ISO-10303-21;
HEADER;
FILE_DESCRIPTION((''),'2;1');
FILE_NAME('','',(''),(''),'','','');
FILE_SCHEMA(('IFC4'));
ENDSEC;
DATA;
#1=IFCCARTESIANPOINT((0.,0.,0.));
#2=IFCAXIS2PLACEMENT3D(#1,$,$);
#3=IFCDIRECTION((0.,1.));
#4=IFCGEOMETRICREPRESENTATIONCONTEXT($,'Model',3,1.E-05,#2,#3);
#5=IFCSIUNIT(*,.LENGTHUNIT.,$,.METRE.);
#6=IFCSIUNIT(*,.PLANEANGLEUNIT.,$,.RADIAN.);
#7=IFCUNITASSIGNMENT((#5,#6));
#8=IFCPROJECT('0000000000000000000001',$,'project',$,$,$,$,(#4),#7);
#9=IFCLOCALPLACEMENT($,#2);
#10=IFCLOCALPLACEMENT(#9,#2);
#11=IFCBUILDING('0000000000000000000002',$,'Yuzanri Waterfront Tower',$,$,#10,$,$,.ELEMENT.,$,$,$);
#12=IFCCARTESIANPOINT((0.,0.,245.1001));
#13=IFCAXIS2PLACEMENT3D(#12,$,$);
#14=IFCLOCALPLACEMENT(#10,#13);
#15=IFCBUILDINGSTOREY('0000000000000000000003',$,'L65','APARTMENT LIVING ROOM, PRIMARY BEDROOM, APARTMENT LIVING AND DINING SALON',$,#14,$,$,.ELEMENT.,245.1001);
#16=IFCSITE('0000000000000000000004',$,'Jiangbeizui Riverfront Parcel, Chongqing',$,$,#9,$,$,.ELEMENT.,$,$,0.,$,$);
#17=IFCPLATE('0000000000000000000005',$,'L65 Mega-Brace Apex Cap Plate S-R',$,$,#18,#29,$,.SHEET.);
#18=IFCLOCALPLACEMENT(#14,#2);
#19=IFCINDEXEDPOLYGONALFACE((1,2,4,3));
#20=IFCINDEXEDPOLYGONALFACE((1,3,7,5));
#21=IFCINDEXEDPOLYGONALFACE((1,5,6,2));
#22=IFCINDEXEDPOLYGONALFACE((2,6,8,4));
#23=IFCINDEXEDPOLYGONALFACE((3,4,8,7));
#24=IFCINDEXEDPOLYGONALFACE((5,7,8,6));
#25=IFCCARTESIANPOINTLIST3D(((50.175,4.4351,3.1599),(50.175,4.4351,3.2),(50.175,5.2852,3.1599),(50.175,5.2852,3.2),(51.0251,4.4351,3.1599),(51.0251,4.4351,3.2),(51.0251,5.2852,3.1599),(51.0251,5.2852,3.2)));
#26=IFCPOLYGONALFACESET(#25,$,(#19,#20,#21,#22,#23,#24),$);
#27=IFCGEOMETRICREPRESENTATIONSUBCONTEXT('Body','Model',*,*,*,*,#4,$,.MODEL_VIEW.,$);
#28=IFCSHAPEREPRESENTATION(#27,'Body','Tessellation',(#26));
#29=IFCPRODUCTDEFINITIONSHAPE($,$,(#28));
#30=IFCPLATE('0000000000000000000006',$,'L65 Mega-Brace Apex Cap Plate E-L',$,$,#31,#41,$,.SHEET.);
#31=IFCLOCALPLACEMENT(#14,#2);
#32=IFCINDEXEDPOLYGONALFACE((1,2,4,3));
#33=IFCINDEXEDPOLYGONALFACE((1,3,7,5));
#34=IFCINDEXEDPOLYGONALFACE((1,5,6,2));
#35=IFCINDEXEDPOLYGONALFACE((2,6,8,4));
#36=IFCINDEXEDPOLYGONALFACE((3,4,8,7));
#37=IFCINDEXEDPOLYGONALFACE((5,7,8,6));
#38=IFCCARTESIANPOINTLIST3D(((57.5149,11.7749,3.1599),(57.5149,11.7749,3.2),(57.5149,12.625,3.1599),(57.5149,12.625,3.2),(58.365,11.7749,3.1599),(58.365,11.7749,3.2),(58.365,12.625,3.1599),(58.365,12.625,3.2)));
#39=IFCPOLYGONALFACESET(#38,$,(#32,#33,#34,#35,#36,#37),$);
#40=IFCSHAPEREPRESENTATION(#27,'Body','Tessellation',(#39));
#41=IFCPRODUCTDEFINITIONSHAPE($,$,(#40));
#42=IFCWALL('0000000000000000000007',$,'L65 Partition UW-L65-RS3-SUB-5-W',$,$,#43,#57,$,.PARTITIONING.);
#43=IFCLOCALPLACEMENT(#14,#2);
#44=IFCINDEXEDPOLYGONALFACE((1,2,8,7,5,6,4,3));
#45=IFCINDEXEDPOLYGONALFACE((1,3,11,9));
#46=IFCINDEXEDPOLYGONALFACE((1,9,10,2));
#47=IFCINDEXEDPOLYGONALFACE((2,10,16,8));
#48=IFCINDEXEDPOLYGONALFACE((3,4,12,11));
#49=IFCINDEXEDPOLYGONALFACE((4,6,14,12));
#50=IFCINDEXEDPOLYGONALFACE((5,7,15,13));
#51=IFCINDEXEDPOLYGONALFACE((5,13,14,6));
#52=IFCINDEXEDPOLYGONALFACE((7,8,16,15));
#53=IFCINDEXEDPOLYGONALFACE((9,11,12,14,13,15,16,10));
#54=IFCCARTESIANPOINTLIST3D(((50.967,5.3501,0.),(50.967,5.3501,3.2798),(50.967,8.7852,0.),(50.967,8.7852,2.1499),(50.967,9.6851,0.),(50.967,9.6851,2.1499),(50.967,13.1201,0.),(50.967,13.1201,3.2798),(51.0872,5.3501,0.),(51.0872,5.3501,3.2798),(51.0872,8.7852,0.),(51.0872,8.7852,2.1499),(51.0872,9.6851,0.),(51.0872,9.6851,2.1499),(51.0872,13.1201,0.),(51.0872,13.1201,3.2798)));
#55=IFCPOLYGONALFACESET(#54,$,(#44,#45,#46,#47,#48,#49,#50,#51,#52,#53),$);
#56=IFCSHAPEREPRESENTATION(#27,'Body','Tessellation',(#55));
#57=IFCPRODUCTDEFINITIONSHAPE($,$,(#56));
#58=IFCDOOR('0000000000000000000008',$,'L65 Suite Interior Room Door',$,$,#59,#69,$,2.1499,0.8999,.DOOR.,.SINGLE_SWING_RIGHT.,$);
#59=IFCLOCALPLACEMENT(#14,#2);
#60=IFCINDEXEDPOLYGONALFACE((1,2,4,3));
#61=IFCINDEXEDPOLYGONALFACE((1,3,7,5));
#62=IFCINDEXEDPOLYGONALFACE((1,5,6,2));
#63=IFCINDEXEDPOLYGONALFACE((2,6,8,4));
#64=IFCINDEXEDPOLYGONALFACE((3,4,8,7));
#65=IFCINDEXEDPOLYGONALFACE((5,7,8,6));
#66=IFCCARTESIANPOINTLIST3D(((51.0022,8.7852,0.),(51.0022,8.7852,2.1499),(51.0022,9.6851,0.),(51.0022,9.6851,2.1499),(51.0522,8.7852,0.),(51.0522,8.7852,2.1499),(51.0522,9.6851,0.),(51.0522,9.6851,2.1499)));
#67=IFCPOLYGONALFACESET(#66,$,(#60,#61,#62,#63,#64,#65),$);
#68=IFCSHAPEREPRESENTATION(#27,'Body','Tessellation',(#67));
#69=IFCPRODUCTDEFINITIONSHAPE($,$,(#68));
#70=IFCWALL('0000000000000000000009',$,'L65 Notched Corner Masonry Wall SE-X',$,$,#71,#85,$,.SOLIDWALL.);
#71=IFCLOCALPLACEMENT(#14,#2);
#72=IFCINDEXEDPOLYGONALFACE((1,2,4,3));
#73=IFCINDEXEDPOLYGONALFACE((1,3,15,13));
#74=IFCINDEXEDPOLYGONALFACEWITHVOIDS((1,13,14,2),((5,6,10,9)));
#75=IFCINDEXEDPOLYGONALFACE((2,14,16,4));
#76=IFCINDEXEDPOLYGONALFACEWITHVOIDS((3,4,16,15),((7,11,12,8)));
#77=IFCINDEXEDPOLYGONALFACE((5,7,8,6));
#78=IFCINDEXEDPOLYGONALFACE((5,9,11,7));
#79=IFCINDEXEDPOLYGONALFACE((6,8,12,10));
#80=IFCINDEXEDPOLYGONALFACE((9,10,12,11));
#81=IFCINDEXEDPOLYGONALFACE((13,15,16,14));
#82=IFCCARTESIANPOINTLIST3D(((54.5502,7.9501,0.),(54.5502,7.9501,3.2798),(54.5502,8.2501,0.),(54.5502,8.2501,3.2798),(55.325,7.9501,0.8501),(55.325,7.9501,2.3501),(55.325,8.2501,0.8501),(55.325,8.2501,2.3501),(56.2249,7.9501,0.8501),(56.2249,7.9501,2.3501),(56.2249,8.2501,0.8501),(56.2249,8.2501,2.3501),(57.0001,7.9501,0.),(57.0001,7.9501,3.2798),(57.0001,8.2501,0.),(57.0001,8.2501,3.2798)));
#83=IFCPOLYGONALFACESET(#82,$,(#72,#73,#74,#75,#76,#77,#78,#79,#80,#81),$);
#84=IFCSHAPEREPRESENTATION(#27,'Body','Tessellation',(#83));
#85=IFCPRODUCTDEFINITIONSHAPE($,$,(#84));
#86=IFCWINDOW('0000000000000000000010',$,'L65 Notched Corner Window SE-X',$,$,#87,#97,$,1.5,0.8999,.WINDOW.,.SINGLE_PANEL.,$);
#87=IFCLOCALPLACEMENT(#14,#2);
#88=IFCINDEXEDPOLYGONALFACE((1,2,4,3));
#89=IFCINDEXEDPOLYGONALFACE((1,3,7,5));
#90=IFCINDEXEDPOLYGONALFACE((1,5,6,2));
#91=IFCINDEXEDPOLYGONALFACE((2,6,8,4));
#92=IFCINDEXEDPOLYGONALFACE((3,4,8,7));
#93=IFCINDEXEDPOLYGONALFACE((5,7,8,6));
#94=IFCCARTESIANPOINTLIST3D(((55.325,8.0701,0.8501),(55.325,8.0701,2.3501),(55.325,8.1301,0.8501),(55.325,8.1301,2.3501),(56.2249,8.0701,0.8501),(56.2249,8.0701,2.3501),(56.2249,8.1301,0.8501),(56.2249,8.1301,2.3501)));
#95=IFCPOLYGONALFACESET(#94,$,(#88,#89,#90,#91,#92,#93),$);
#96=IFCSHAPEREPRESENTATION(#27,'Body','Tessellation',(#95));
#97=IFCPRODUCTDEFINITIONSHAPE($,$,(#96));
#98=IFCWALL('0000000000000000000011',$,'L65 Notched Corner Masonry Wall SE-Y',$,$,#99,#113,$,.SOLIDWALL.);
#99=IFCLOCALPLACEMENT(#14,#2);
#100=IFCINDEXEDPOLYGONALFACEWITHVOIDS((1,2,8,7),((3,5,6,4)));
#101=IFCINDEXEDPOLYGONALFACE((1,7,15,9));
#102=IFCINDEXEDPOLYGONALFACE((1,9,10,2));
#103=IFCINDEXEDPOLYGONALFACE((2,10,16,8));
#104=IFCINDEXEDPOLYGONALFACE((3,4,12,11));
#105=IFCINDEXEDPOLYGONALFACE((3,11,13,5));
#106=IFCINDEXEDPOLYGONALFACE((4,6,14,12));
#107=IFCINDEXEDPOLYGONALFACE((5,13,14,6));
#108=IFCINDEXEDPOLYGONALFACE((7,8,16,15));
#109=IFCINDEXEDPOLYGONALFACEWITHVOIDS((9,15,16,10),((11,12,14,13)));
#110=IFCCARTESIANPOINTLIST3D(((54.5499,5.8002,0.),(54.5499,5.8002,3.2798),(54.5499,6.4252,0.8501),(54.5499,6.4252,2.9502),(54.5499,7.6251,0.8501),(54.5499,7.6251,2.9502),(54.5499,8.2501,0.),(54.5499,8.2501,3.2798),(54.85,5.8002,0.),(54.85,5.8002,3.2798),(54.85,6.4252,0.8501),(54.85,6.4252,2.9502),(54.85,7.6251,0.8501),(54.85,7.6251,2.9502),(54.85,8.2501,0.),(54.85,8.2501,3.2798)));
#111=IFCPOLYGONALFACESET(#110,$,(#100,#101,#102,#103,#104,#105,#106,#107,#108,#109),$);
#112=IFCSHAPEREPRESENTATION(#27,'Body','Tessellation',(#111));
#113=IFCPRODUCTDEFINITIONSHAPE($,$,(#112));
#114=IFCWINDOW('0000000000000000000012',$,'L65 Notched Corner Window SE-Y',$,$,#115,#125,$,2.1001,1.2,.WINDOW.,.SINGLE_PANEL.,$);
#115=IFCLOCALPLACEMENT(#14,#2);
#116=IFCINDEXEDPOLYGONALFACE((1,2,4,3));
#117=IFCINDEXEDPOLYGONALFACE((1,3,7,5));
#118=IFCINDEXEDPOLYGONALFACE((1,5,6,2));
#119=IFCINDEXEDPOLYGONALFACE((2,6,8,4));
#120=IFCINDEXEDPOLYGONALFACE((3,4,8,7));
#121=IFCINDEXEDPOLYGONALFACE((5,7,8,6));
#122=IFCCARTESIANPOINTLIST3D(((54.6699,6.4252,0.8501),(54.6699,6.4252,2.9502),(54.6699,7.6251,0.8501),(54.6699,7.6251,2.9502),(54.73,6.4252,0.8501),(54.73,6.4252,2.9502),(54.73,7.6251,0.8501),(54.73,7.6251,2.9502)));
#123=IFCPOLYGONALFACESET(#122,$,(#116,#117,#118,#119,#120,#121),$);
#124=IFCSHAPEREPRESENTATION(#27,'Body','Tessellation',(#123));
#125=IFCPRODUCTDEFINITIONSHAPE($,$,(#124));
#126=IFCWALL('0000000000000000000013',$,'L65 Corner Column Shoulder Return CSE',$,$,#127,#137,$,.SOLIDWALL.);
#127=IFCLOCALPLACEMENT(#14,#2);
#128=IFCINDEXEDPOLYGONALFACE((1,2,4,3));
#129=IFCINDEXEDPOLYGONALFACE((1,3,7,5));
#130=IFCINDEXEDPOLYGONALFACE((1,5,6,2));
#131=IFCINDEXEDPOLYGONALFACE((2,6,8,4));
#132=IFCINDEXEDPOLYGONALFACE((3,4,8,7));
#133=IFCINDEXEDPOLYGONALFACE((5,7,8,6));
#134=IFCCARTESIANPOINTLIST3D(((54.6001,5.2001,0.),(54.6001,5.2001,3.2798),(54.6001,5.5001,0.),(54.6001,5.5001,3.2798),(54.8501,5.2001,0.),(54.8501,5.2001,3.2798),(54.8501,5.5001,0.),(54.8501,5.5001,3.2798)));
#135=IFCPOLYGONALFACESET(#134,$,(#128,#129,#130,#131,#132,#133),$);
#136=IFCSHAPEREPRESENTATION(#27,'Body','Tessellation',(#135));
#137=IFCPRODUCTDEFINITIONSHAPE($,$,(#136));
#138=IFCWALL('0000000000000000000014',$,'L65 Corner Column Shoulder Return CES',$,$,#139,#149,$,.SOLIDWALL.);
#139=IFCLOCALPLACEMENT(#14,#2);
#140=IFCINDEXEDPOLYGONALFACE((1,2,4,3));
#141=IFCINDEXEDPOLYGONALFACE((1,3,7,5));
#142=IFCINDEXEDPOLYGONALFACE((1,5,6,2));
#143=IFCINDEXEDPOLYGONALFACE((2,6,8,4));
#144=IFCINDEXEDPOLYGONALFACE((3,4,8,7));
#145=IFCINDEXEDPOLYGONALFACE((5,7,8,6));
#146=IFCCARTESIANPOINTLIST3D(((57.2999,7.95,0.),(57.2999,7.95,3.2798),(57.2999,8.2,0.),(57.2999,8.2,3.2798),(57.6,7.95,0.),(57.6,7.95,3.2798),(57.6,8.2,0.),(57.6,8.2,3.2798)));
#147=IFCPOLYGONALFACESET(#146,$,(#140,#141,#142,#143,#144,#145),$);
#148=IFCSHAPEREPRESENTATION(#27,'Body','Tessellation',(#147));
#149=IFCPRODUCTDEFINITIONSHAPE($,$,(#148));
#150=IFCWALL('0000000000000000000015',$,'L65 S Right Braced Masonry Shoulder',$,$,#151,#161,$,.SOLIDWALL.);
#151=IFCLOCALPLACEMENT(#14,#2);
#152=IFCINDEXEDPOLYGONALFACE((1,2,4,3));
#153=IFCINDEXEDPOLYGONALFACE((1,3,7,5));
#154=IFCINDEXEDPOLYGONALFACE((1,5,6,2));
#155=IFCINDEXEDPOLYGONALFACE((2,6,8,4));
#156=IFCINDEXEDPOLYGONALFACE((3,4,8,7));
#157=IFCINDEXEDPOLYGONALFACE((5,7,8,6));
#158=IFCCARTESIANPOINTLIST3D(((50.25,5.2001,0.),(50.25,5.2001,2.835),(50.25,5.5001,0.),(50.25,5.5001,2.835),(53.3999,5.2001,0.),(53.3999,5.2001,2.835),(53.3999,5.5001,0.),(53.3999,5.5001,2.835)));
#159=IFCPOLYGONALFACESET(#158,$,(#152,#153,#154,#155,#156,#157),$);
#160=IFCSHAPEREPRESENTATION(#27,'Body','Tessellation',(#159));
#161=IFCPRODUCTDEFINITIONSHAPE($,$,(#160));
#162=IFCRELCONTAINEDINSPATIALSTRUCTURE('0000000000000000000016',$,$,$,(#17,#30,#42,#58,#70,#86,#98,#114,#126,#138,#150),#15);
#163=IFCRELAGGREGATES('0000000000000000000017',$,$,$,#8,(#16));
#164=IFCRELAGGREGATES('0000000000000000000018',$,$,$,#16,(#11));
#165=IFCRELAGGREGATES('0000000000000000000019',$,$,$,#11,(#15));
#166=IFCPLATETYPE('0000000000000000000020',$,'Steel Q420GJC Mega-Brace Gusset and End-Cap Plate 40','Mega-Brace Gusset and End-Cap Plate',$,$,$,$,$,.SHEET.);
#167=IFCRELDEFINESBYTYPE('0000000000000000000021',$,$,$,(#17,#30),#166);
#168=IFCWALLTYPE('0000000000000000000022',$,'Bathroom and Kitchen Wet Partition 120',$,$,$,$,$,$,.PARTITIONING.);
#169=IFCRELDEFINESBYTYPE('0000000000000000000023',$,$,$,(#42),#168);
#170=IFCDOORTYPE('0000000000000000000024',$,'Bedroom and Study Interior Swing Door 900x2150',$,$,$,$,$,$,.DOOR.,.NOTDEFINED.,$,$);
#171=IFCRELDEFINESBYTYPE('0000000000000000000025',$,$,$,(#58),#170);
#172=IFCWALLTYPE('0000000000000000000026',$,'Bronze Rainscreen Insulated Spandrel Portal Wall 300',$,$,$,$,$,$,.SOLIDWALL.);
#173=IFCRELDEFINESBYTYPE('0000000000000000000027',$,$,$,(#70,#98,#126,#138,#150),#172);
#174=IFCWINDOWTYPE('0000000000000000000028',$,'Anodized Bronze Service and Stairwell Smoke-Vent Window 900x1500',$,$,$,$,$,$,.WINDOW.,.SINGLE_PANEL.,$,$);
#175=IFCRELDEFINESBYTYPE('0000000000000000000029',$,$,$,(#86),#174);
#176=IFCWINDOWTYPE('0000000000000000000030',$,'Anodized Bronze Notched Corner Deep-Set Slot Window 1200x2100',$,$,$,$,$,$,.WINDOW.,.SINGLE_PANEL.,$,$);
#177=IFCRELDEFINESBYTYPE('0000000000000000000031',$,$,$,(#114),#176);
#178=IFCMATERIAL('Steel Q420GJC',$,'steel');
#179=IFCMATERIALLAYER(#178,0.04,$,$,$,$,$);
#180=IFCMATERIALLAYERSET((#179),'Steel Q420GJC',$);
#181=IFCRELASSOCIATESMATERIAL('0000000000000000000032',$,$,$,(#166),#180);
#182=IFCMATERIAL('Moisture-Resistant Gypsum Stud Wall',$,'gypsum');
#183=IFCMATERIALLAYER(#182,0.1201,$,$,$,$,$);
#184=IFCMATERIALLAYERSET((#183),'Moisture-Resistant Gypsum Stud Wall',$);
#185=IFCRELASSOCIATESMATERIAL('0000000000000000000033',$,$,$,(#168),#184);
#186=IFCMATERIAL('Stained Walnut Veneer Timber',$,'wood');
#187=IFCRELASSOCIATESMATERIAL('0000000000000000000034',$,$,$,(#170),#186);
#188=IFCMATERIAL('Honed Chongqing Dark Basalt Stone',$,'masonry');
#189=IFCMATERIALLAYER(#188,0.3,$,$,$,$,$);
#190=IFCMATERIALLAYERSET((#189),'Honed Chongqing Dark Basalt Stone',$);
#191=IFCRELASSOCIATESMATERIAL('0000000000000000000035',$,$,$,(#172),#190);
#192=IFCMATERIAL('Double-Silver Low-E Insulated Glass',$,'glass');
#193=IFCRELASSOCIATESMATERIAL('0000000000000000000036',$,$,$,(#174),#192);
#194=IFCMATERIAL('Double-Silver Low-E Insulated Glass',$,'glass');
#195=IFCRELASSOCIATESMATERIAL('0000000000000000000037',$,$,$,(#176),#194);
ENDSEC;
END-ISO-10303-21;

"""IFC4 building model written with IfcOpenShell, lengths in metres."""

from ifc_helpers import new_model, si_unit, direction, frame, frame_2d, origin, origin_2d, place, context, subcontext, project, spatial, rectangle, extrude, source, transform, mapped, material, layer, layer_set, type_object, element, fill, save


model = new_model("IFC4")

# Units and contexts
model_context = context("Model", 3, precision=1e-05, world=origin(), true_north=direction((0.0, 1.0)))
body_context = subcontext(model_context, "Body", "Model", "MODEL_VIEW")
ifc_project = project(units=[si_unit("LENGTHUNIT", "METRE"), si_unit("PLANEANGLEUNIT", "RADIAN")], contexts=[model_context])

# Site, building, storey
site_placement = place(None, origin())
site = spatial("IfcSite", under=ifc_project, at=site_placement, Name="Jiangbeizui Riverfront Parcel, Chongqing", CompositionType="ELEMENT", RefElevation=0.0)
building_placement = place(site_placement, origin())
building = spatial("IfcBuilding", under=site, at=building_placement, Name="Yuzanri Waterfront Tower", CompositionType="ELEMENT")
storey_placement = place(building_placement, frame((0.0, 0.0, 245.1001)))
storey = spatial("IfcBuildingStorey", under=building, at=storey_placement, Name="L65", Description="APARTMENT LIVING ROOM, PRIMARY BEDROOM, APARTMENT LIVING AND DINING SALON", CompositionType="ELEMENT", Elevation=245.1001)

# Plates
ifc_material_1 = material(Name="Steel Q420GJC", Category="steel")
ifc_layer_1 = layer(ifc_material_1, 0.04)
ifc_layer_set_1 = layer_set([ifc_layer_1], Name="Steel Q420GJC")
plate_type = type_object("IfcPlateType", Name="Steel Q420GJC Mega-Brace Gusset and End-Cap Plate 40", Description="Mega-Brace Gusset and End-Cap Plate", PredefinedType="SHEET", material=ifc_layer_set_1)
shared_shape_1 = source(origin(), body_context, "Body", "SweptSolid", [
    extrude(rectangle(XDim=0.8501, YDim=0.8501, at=origin_2d()), origin(), (0.0, 0.0, 1.0), 0.04),
])
for number, where, z_axis, x_axis, name in (
    (1, (50.6001, 4.8601, 3.1599), (0.0, 0.0, 1.0), (1.0, 0.0, 0.0), "L65 Mega-Brace Apex Cap Plate S-R"),
    (2, (57.9399, 12.2, 3.1599), (0.0, 0.0, 1.0), (1.0, 0.0, 0.0), "L65 Mega-Brace Apex Cap Plate E-L"),
):
    element("IfcPlate", number, at=place(storey_placement, frame(where, z_axis=z_axis, x_axis=x_axis)), inside=storey, type_object=plate_type, Name=name, PredefinedType="SHEET", context=body_context, shape_type="MappedRepresentation", body=[
        mapped(shared_shape_1, transform((0.0, 0.0, 0.0), scale=1.0)),
    ])

# Wall, opening, door
ifc_material_2 = material(Name="Moisture-Resistant Gypsum Stud Wall", Category="gypsum")
ifc_layer_2 = layer(ifc_material_2, 0.1201)
ifc_layer_set_2 = layer_set([ifc_layer_2], Name="Moisture-Resistant Gypsum Stud Wall")
wall_type_1 = type_object("IfcWallType", Name="Bathroom and Kitchen Wet Partition 120", PredefinedType="PARTITIONING", material=ifc_layer_set_2)
wall_1_placement = place(storey_placement, frame((51.0271, 5.3501, 0.0), z_axis=(0.0, 0.0, 1.0), x_axis=(0.0, 1.0, 0.0)))
wall_1 = element("IfcWall", 3, at=wall_1_placement, inside=storey, type_object=wall_type_1, Name="L65 Partition UW-L65-RS3-SUB-5-W", PredefinedType="PARTITIONING", context=body_context, shape_type="SweptSolid", body=[
    extrude(rectangle(XDim=7.77, YDim=0.1201, at=frame_2d((3.885, 0.0))), origin(), (0.0, 0.0, 1.0), 3.2798),
])
opening_1_placement = place(wall_1_placement, frame((3.4351, 0.0, 0.0)))
opening_1 = element("IfcOpeningElement", 4, at=opening_1_placement, cuts=wall_1, PredefinedType="OPENING", context=body_context, shape_type="SweptSolid", body=[
    extrude(rectangle(XDim=0.8999, YDim=2.1499, at=frame_2d((0.45, 1.075))), frame((0.0, 0.075, 0.0), z_axis=(0.0, -1.0, 0.0), x_axis=(1.0, 0.0, 0.0)), (0.0, 0.0, 1.0), 0.1499),
])
ifc_material_3 = material(Name="Stained Walnut Veneer Timber", Category="wood")
door_type = type_object("IfcDoorType", Name="Bedroom and Study Interior Swing Door 900x2150", OperationType="NOTDEFINED", PredefinedType="DOOR", material=ifc_material_3)
shared_shape_2 = source(origin(), body_context, "Body", "SweptSolid", [
    extrude(rectangle(XDim=0.8999, YDim=2.1499, at=frame_2d((0.45, 1.075))), frame((0.0, 0.0249, 0.0), z_axis=(0.0, -1.0, 0.0), x_axis=(1.0, 0.0, 0.0)), (0.0, 0.0, 1.0), 0.05),
])
door_placement = place(opening_1_placement, origin())
door = element("IfcDoor", 5, at=door_placement, inside=storey, type_object=door_type, Name="L65 Suite Interior Room Door", OperationType="SINGLE_SWING_RIGHT", OverallHeight=2.1499, OverallWidth=0.8999, PredefinedType="DOOR", context=body_context, shape_type="MappedRepresentation", body=[
    mapped(shared_shape_2, transform((0.0, 0.0, 0.0), scale=1.0)),
])
fill(opening_1, door)

# Walls, openings, windows
ifc_material_4 = material(Name="Honed Chongqing Dark Basalt Stone", Category="masonry")
ifc_layer_3 = layer(ifc_material_4, 0.3)
ifc_layer_set_3 = layer_set([ifc_layer_3], Name="Honed Chongqing Dark Basalt Stone")
wall_type_2 = type_object("IfcWallType", Name="Bronze Rainscreen Insulated Spandrel Portal Wall 300", PredefinedType="SOLIDWALL", material=ifc_layer_set_3)
wall_2_placement = place(storey_placement, frame((54.55, 8.1001, 0.0), z_axis=(0.0, 0.0, 1.0), x_axis=(1.0, 0.0, 0.0)))
wall_2 = element("IfcWall", 6, at=wall_2_placement, inside=storey, type_object=wall_type_2, Name="L65 Notched Corner Masonry Wall SE-X", PredefinedType="SOLIDWALL", context=body_context, shape_type="SweptSolid", body=[
    extrude(rectangle(XDim=2.45, YDim=0.3, at=frame_2d((1.2251, 0.0))), origin(), (0.0, 0.0, 1.0), 3.2798),
])
opening_2_placement = place(wall_2_placement, frame((0.7749, 0.0, 0.8501)))
opening_2 = element("IfcOpeningElement", 7, at=opening_2_placement, cuts=wall_2, PredefinedType="OPENING", context=body_context, shape_type="SweptSolid", body=[
    extrude(rectangle(XDim=0.8999, YDim=1.5, at=frame_2d((0.45, 0.75))), frame((0.0, 0.165, 0.0), z_axis=(0.0, -1.0, 0.0), x_axis=(1.0, 0.0, 0.0)), (0.0, 0.0, 1.0), 0.3298),
])
ifc_material_5 = material(Name="Double-Silver Low-E Insulated Glass", Category="glass")
window_type_1 = type_object("IfcWindowType", Name="Anodized Bronze Service and Stairwell Smoke-Vent Window 900x1500", PartitioningType="SINGLE_PANEL", PredefinedType="WINDOW", material=ifc_material_5)
shared_shape_3 = source(origin(), body_context, "Body", "SweptSolid", [
    extrude(rectangle(XDim=0.8999, YDim=1.5, at=frame_2d((0.45, 0.75))), frame((0.0, 0.03, 0.0), z_axis=(0.0, -1.0, 0.0), x_axis=(1.0, 0.0, 0.0)), (0.0, 0.0, 1.0), 0.0601),
])
window_1_placement = place(opening_2_placement, origin())
window_1 = element("IfcWindow", 8, at=window_1_placement, inside=storey, type_object=window_type_1, Name="L65 Notched Corner Window SE-X", OverallHeight=1.5, OverallWidth=0.8999, PartitioningType="SINGLE_PANEL", PredefinedType="WINDOW", context=body_context, shape_type="MappedRepresentation", body=[
    mapped(shared_shape_3, transform((0.0, 0.0, 0.0), scale=1.0)),
])
fill(opening_2, window_1)
wall_3_placement = place(storey_placement, frame((54.7, 5.8, 0.0), z_axis=(0.0, 0.0, 1.0), x_axis=(0.0, 1.0, 0.0)))
wall_3 = element("IfcWall", 9, at=wall_3_placement, inside=storey, type_object=wall_type_2, Name="L65 Notched Corner Masonry Wall SE-Y", PredefinedType="SOLIDWALL", context=body_context, shape_type="SweptSolid", body=[
    extrude(rectangle(XDim=2.45, YDim=0.3, at=frame_2d((1.2251, 0.0))), origin(), (0.0, 0.0, 1.0), 3.2798),
])
opening_3_placement = place(wall_3_placement, frame((0.625, 0.0, 0.8501)))
opening_3 = element("IfcOpeningElement", 10, at=opening_3_placement, cuts=wall_3, PredefinedType="OPENING", context=body_context, shape_type="SweptSolid", body=[
    extrude(rectangle(XDim=1.2, YDim=2.1001, at=frame_2d((0.6001, 1.05))), frame((0.0, 0.165, 0.0), z_axis=(0.0, -1.0, 0.0), x_axis=(1.0, 0.0, 0.0)), (0.0, 0.0, 1.0), 0.3298),
])
ifc_material_6 = material(Name="Double-Silver Low-E Insulated Glass", Category="glass")
window_type_2 = type_object("IfcWindowType", Name="Anodized Bronze Notched Corner Deep-Set Slot Window 1200x2100", PartitioningType="SINGLE_PANEL", PredefinedType="WINDOW", material=ifc_material_6)
shared_shape_4 = source(origin(), body_context, "Body", "SweptSolid", [
    extrude(rectangle(XDim=1.2, YDim=2.1001, at=frame_2d((0.6001, 1.05))), frame((0.0, 0.03, 0.0), z_axis=(0.0, -1.0, 0.0), x_axis=(1.0, 0.0, 0.0)), (0.0, 0.0, 1.0), 0.0601),
])
window_2_placement = place(opening_3_placement, origin())
window_2 = element("IfcWindow", 11, at=window_2_placement, inside=storey, type_object=window_type_2, Name="L65 Notched Corner Window SE-Y", OverallHeight=2.1001, OverallWidth=1.2, PartitioningType="SINGLE_PANEL", PredefinedType="WINDOW", context=body_context, shape_type="MappedRepresentation", body=[
    mapped(shared_shape_4, transform((0.0, 0.0, 0.0), scale=1.0)),
])
fill(opening_3, window_2)

# Walls
shared_shape_5 = source(origin(), body_context, "Body", "SweptSolid", [
    extrude(rectangle(XDim=0.25, YDim=0.3, at=frame_2d((0.125, 0.0))), origin(), (0.0, 0.0, 1.0), 3.2798),
])
for number, where, z_axis, x_axis, name in (
    (12, (54.6001, 5.3501, 0.0), (0.0, 0.0, 1.0), (1.0, 0.0, 0.0), "L65 Corner Column Shoulder Return CSE"),
    (13, (57.45, 7.95, 0.0), (0.0, 0.0, 1.0), (0.0, 1.0, 0.0), "L65 Corner Column Shoulder Return CES"),
):
    element("IfcWall", number, at=place(storey_placement, frame(where, z_axis=z_axis, x_axis=x_axis)), inside=storey, type_object=wall_type_2, Name=name, PredefinedType="SOLIDWALL", context=body_context, shape_type="MappedRepresentation", body=[
        mapped(shared_shape_5, transform((0.0, 0.0, 0.0), scale=1.0)),
    ])
shared_shape_6 = source(origin(), body_context, "Body", "SweptSolid", [
    extrude(rectangle(XDim=3.1499, YDim=0.3, at=frame_2d((1.575, 0.0))), origin(), (0.0, 0.0, 1.0), 2.835),
])
wall_4_placement = place(storey_placement, frame((50.25, 5.3501, 0.0), z_axis=(0.0, 0.0, 1.0), x_axis=(1.0, 0.0, 0.0)))
element("IfcWall", 14, at=wall_4_placement, inside=storey, type_object=wall_type_2, Name="L65 S Right Braced Masonry Shoulder", PredefinedType="SOLIDWALL", context=body_context, shape_type="MappedRepresentation", body=[
    mapped(shared_shape_6, transform((0.0, 0.0, 0.0), scale=1.0)),
])

save(model, "model.ifc")
